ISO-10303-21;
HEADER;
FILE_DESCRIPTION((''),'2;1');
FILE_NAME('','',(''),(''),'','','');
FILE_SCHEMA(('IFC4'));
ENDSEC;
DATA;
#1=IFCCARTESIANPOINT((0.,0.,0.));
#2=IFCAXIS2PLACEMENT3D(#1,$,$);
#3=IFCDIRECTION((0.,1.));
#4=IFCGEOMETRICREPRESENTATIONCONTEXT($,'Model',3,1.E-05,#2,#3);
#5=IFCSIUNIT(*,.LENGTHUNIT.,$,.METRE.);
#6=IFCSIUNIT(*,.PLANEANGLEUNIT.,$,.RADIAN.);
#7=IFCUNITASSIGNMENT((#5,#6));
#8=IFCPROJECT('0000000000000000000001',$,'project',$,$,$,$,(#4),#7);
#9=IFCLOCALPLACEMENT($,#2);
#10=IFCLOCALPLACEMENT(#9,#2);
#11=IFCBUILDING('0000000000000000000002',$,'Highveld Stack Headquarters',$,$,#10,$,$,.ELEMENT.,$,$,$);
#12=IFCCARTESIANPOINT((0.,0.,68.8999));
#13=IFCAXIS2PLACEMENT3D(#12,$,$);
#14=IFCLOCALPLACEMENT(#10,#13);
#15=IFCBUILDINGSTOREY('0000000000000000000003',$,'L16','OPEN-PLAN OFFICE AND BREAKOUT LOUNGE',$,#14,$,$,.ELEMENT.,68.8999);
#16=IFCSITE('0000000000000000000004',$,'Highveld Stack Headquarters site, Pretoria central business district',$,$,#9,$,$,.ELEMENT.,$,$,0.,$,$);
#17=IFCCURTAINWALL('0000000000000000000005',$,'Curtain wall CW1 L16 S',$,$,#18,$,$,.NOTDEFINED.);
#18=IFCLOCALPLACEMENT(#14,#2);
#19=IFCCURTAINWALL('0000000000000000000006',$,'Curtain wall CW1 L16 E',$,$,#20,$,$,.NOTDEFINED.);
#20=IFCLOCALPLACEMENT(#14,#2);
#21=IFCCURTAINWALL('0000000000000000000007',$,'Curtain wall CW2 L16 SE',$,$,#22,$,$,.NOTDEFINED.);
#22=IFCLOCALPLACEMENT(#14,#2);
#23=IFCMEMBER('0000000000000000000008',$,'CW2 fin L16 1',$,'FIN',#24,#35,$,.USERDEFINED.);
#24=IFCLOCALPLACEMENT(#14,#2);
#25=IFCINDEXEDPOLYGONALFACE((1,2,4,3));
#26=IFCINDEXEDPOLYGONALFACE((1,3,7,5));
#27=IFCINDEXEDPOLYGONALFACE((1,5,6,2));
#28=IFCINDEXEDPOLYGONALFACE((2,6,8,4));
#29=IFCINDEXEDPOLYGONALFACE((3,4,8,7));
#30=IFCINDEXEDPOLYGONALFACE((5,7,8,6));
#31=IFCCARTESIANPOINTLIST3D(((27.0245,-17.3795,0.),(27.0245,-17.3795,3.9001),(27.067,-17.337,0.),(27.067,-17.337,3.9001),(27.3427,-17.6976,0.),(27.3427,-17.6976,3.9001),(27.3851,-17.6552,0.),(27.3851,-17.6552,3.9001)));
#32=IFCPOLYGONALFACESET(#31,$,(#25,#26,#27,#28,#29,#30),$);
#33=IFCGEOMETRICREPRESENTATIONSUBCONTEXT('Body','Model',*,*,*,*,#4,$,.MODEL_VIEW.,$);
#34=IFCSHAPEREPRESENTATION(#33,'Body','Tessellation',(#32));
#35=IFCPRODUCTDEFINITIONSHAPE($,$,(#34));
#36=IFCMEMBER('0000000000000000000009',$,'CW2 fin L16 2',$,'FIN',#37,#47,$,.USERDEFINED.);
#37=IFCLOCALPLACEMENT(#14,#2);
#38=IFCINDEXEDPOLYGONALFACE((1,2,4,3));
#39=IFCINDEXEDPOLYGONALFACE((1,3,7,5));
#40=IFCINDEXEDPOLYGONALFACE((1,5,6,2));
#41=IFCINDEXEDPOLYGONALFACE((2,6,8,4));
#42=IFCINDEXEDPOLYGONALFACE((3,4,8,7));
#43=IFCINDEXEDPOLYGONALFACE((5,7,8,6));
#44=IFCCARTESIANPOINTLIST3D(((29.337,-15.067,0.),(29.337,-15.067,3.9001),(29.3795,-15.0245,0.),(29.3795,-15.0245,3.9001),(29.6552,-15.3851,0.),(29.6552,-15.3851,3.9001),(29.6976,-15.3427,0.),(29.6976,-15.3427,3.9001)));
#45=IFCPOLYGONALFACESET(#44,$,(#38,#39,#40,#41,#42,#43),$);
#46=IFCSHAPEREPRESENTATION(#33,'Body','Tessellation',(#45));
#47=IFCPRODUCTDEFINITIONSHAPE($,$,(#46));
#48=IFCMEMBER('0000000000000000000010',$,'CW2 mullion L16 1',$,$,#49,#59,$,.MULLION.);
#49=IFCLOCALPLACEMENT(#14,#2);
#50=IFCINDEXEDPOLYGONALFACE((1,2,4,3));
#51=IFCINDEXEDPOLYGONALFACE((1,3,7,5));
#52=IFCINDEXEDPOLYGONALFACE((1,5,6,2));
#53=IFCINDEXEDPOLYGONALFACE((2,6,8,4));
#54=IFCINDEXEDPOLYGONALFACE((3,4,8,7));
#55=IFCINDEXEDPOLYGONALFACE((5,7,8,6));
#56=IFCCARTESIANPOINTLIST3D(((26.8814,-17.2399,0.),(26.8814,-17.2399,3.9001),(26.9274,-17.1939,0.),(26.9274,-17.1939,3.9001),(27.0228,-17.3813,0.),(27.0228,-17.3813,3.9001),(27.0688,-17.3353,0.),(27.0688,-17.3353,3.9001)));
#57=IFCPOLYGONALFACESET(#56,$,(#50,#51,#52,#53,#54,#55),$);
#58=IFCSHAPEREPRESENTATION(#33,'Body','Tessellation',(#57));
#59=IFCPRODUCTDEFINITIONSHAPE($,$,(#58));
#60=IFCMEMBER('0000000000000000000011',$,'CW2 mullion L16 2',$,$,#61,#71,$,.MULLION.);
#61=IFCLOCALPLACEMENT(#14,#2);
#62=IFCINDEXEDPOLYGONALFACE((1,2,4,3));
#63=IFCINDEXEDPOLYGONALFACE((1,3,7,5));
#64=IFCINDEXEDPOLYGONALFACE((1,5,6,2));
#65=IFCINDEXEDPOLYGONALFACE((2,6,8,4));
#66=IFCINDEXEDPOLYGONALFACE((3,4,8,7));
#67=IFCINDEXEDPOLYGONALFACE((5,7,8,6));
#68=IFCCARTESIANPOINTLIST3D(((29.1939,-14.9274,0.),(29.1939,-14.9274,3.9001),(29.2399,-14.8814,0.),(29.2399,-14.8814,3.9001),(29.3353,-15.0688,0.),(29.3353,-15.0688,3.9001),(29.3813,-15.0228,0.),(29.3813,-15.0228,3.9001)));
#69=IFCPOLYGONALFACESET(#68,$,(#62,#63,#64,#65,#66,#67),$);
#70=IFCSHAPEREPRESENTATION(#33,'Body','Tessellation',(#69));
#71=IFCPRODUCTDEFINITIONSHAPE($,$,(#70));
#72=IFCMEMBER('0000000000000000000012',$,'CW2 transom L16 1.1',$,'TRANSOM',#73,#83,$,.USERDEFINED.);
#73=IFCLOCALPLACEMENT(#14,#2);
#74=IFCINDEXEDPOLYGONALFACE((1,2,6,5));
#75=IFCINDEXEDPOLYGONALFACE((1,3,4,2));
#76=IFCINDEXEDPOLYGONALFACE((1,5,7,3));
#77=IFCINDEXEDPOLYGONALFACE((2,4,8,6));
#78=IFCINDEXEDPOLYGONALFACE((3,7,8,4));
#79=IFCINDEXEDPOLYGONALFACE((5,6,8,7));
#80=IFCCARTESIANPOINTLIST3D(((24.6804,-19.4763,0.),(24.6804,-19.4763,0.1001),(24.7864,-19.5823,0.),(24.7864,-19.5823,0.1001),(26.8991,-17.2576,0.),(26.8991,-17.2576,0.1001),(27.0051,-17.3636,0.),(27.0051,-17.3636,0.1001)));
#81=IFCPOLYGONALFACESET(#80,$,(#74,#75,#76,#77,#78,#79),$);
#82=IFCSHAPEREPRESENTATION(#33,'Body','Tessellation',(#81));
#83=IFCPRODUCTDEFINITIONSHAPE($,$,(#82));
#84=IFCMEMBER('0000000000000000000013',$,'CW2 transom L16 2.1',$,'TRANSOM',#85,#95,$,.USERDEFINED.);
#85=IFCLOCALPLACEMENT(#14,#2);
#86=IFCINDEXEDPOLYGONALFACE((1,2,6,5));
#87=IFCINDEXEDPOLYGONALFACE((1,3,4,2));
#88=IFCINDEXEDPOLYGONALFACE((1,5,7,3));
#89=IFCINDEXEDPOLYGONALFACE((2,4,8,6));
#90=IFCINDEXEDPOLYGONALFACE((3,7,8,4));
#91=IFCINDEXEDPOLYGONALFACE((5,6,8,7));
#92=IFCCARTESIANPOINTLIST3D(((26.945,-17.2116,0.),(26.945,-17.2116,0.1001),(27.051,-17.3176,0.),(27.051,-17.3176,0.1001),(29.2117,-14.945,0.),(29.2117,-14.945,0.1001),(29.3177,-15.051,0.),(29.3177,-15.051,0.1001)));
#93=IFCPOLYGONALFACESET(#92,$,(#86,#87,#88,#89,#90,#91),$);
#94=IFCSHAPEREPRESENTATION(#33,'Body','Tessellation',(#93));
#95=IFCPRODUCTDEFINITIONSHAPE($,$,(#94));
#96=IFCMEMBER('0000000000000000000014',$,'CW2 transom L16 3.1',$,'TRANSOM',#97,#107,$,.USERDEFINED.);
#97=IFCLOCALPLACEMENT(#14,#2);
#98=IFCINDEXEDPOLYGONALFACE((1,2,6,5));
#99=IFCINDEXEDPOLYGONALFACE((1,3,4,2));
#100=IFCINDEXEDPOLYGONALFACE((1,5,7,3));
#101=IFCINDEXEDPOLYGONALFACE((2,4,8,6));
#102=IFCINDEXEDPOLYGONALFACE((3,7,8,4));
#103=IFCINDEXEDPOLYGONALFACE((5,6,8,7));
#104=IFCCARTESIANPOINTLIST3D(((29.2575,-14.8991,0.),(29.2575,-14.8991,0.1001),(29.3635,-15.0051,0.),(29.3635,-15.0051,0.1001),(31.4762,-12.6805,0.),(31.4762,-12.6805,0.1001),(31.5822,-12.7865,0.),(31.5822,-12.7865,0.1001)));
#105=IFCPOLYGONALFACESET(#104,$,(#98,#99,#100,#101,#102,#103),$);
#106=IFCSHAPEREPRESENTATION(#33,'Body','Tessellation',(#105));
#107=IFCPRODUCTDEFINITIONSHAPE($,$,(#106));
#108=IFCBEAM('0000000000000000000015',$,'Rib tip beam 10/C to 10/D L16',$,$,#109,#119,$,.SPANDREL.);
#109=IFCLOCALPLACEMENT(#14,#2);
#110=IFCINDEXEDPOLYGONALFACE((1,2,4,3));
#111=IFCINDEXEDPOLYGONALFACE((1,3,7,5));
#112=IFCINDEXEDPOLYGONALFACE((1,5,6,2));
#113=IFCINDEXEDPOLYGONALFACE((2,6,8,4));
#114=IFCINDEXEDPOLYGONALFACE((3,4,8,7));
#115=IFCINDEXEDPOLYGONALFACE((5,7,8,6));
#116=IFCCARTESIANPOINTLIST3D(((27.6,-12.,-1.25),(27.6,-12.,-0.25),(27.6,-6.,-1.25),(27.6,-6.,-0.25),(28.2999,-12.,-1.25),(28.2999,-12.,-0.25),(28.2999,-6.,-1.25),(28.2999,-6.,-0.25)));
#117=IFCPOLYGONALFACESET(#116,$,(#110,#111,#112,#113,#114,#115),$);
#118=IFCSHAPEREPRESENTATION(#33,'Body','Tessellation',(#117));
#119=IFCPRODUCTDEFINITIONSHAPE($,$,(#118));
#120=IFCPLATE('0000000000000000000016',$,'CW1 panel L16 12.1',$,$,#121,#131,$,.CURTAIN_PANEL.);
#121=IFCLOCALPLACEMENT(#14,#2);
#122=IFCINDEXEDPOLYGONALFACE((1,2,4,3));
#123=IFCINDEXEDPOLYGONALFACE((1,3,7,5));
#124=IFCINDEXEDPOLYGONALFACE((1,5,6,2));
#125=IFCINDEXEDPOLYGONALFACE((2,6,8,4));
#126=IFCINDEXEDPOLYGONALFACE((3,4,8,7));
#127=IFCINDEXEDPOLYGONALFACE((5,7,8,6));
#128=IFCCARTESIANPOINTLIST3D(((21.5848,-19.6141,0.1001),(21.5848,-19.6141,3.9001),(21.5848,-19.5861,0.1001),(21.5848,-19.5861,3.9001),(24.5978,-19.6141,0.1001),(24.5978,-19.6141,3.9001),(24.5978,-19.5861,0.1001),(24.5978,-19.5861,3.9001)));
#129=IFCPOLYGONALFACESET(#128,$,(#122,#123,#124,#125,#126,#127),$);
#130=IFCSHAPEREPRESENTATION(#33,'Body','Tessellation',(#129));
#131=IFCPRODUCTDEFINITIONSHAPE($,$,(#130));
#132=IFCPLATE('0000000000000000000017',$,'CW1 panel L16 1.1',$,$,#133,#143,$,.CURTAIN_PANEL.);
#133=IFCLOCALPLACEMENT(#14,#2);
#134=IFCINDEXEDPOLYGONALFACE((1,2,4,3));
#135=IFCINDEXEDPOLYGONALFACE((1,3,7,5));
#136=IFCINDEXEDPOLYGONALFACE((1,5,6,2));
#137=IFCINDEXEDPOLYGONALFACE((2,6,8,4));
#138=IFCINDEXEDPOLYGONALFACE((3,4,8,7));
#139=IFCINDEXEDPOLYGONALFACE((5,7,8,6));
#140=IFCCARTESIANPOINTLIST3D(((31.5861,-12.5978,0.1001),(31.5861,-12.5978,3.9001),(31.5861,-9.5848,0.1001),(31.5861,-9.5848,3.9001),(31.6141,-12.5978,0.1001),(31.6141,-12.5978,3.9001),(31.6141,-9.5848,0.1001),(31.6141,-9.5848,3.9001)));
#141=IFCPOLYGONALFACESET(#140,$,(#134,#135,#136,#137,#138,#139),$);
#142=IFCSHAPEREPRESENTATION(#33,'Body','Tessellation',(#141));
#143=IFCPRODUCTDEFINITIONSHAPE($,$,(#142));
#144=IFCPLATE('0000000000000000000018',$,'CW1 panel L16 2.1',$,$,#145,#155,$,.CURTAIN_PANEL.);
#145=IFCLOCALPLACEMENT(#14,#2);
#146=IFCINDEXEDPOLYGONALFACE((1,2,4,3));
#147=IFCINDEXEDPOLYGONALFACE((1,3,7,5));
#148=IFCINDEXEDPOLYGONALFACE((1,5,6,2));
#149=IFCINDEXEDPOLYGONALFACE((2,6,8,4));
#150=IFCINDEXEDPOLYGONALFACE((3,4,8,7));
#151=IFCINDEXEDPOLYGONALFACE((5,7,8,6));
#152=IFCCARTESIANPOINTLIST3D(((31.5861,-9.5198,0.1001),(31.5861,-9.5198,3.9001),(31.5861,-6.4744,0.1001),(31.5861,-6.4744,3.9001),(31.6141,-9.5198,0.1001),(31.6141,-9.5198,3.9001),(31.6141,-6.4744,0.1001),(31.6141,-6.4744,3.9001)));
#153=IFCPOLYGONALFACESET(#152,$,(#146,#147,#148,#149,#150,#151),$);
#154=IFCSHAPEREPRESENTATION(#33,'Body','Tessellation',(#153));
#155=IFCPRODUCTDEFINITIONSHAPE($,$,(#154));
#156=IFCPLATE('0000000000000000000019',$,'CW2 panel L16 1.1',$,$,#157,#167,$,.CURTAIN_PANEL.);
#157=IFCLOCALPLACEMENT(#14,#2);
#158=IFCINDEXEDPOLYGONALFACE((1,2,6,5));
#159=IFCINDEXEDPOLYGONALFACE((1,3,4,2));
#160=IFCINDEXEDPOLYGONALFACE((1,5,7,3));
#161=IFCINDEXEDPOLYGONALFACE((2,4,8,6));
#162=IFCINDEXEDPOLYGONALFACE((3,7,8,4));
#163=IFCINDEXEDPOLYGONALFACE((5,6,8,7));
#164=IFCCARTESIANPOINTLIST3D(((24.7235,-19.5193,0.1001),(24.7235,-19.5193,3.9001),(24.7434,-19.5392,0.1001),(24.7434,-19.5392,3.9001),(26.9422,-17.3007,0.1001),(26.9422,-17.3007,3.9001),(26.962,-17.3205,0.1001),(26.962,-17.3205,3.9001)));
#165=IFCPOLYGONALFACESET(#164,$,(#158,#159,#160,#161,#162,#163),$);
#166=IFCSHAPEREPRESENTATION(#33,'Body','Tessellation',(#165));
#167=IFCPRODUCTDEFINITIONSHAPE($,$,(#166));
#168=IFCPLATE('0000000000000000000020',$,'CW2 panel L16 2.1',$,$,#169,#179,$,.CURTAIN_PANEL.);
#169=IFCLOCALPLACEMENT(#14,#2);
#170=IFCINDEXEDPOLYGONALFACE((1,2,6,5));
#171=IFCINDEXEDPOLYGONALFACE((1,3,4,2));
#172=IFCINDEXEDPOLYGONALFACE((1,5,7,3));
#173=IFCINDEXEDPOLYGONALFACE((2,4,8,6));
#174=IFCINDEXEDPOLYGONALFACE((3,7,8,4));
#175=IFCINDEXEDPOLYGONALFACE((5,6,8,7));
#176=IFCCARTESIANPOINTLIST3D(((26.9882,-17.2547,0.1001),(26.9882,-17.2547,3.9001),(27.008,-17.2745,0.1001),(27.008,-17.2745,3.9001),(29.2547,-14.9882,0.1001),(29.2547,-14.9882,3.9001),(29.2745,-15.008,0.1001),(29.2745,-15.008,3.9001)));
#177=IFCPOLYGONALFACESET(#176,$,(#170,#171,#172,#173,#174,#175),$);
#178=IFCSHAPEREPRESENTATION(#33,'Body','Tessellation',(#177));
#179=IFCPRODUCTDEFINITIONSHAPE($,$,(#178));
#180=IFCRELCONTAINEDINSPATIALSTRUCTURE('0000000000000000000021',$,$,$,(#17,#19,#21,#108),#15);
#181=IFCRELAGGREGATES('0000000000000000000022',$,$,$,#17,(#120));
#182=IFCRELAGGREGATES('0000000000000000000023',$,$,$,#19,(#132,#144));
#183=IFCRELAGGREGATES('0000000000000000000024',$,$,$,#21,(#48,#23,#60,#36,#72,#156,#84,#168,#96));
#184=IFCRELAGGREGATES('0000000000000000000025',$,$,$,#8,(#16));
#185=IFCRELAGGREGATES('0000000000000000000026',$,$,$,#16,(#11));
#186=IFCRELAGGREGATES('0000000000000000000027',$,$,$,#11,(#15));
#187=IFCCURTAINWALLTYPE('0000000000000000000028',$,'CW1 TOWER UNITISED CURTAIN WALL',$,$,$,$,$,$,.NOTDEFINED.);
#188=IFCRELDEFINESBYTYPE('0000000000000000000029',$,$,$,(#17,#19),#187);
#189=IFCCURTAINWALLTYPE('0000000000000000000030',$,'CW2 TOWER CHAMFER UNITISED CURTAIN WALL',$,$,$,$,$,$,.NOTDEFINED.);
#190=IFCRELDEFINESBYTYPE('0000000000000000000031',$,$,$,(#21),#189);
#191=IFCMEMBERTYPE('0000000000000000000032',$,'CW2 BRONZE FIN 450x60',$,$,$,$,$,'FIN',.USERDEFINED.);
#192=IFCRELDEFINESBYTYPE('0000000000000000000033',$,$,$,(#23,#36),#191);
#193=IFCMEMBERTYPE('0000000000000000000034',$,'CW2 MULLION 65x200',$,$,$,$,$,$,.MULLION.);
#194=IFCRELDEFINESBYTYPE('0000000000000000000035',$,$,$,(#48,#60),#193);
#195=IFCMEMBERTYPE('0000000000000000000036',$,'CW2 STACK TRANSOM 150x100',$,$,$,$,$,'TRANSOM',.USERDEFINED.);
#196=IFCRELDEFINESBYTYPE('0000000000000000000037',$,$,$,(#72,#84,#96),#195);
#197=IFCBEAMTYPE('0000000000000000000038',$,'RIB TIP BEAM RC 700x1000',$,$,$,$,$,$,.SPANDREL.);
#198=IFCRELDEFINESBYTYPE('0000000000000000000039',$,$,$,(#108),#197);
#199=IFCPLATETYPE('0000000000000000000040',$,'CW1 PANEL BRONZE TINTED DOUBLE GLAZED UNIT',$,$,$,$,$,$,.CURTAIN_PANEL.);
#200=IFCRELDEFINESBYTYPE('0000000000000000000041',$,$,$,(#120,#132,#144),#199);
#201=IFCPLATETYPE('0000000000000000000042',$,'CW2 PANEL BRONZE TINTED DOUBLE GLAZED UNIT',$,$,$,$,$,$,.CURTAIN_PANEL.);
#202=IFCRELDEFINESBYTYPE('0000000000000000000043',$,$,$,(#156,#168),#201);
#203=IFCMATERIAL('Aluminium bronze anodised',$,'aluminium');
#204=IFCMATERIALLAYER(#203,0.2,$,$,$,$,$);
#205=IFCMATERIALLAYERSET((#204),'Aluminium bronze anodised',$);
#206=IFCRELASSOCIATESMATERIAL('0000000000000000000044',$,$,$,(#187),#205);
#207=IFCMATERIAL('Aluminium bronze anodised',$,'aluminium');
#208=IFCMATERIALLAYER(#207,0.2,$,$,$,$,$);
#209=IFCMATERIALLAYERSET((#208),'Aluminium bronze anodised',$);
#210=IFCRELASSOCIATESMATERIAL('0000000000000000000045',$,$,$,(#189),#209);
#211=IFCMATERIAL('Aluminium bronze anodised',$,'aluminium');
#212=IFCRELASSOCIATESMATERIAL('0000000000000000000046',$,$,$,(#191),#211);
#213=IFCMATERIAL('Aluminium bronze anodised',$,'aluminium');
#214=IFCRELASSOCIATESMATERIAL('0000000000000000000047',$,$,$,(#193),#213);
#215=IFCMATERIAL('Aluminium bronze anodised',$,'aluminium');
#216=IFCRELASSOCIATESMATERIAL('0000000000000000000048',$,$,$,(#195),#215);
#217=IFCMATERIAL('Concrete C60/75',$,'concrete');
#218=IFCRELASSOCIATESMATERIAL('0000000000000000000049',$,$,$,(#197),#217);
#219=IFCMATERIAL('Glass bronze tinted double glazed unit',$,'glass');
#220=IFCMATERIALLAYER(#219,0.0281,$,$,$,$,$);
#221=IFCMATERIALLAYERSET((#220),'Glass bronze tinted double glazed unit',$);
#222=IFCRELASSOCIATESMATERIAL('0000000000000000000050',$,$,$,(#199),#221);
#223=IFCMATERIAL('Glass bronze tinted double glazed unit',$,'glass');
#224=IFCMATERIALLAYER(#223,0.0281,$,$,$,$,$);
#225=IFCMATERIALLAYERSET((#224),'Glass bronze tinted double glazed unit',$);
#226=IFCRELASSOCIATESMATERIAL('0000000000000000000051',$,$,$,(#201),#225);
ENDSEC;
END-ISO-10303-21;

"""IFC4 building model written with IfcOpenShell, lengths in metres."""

from ifc_helpers import new_model, si_unit, direction, frame, origin, origin_2d, place, context, subcontext, project, spatial, rectangle, extrude, material, layer, layer_set, material_profile, profile_set, type_object, element, aggregate, save


model = new_model("IFC4")

# Units and contexts
model_context = context("Model", 3, precision=1e-05, world=origin(), true_north=direction((0.0, 1.0)))
body_context = subcontext(model_context, "Body", "Model", "MODEL_VIEW")
ifc_project = project(units=[si_unit("LENGTHUNIT", "METRE"), si_unit("PLANEANGLEUNIT", "RADIAN")], contexts=[model_context])

# Site, building, storey
site_placement = place(None, origin())
site = spatial("IfcSite", under=ifc_project, at=site_placement, Name="Highveld Stack Headquarters site, Pretoria central business district", CompositionType="ELEMENT", RefElevation=0.0)
building_placement = place(site_placement, origin())
building = spatial("IfcBuilding", under=site, at=building_placement, Name="Highveld Stack Headquarters", CompositionType="ELEMENT")
storey_placement = place(building_placement, frame((0.0, 0.0, 68.8999)))
storey = spatial("IfcBuildingStorey", under=building, at=storey_placement, Name="L16", Description="OPEN-PLAN OFFICE AND BREAKOUT LOUNGE", CompositionType="ELEMENT", Elevation=68.8999)

# Curtain wall
ifc_material_1 = material(Name="Aluminium bronze anodised", Category="aluminium")
ifc_layer_1 = layer(ifc_material_1, 0.2)
ifc_layer_set_1 = layer_set([ifc_layer_1], Name="Aluminium bronze anodised")
curtain_wall_type_1 = type_object("IfcCurtainWallType", Name="CW1 TOWER UNITISED CURTAIN WALL", PredefinedType="NOTDEFINED", material=ifc_layer_set_1)
curtain_wall_1_placement = place(storey_placement, origin())
curtain_wall_1 = element("IfcCurtainWall", 1, at=curtain_wall_1_placement, inside=storey, type_object=curtain_wall_type_1, Name="Curtain wall CW1 L16 S", PredefinedType="NOTDEFINED")

# Curtain wall
curtain_wall_2_placement = place(storey_placement, origin())
curtain_wall_2 = element("IfcCurtainWall", 2, at=curtain_wall_2_placement, inside=storey, type_object=curtain_wall_type_1, Name="Curtain wall CW1 L16 E", PredefinedType="NOTDEFINED")

# Curtain wall, members
ifc_material_2 = material(Name="Aluminium bronze anodised", Category="aluminium")
ifc_layer_2 = layer(ifc_material_2, 0.2)
ifc_layer_set_2 = layer_set([ifc_layer_2], Name="Aluminium bronze anodised")
curtain_wall_type_2 = type_object("IfcCurtainWallType", Name="CW2 TOWER CHAMFER UNITISED CURTAIN WALL", PredefinedType="NOTDEFINED", material=ifc_layer_set_2)
curtain_wall_3_placement = place(storey_placement, origin())
curtain_wall_3 = element("IfcCurtainWall", 3, at=curtain_wall_3_placement, inside=storey, type_object=curtain_wall_type_2, Name="Curtain wall CW2 L16 SE", PredefinedType="NOTDEFINED")
ifc_material_3 = material(Name="Aluminium bronze anodised", Category="aluminium")
ifc_material_profile_1 = material_profile(ifc_material_3, rectangle(XDim=0.45, YDim=0.0601, at=origin_2d()), Name="FIN 450x60")
ifc_profile_set_1 = profile_set([ifc_material_profile_1], Name="Aluminium bronze anodised")
member_type_1 = type_object("IfcMemberType", Name="CW2 BRONZE FIN 450x60", ElementType="FIN", PredefinedType="USERDEFINED", material=ifc_profile_set_1)
member_1_placement = place(storey_placement, frame((27.2048, -17.5173, 0.0), z_axis=(0.0, 0.0, 1.0), x_axis=(-0.707107, 0.707107, 0.0)))
member_1 = element("IfcMember", 4, at=member_1_placement, type_object=member_type_1, Name="CW2 fin L16 1", ObjectType="FIN", PredefinedType="USERDEFINED", context=body_context, shape_type="SweptSolid", body=[
    extrude(rectangle(XDim=0.45, YDim=0.0601, at=origin_2d()), origin(), (0.0, 0.0, 1.0), 3.9001),
])
member_2_placement = place(storey_placement, frame((29.5173, -15.2048, 0.0), z_axis=(0.0, 0.0, 1.0), x_axis=(-0.707107, 0.707107, 0.0)))
member_2 = element("IfcMember", 5, at=member_2_placement, type_object=member_type_1, Name="CW2 fin L16 2", ObjectType="FIN", PredefinedType="USERDEFINED", context=body_context, shape_type="SweptSolid", body=[
    extrude(rectangle(XDim=0.45, YDim=0.0601, at=origin_2d()), origin(), (0.0, 0.0, 1.0), 3.9001),
])
ifc_material_4 = material(Name="Aluminium bronze anodised", Category="aluminium")
ifc_material_profile_2 = material_profile(ifc_material_4, rectangle(XDim=0.2, YDim=0.0649, at=origin_2d()), Name="CW2 MULLION 65x200")
ifc_profile_set_2 = profile_set([ifc_material_profile_2], Name="Aluminium bronze anodised")
member_type_2 = type_object("IfcMemberType", Name="CW2 MULLION 65x200", PredefinedType="MULLION", material=ifc_profile_set_2)
member_3_placement = place(storey_placement, frame((26.9751, -17.2876, 0.0), z_axis=(0.0, 0.0, 1.0), x_axis=(-0.707107, 0.707107, 0.0)))
member_3 = element("IfcMember", 6, at=member_3_placement, type_object=member_type_2, Name="CW2 mullion L16 1", PredefinedType="MULLION", context=body_context, shape_type="SweptSolid", body=[
    extrude(rectangle(XDim=0.2, YDim=0.0649, at=origin_2d()), origin(), (0.0, 0.0, 1.0), 3.9001),
])
member_4_placement = place(storey_placement, frame((29.2876, -14.9751, 0.0), z_axis=(0.0, 0.0, 1.0), x_axis=(-0.707107, 0.707107, 0.0)))
member_4 = element("IfcMember", 7, at=member_4_placement, type_object=member_type_2, Name="CW2 mullion L16 2", PredefinedType="MULLION", context=body_context, shape_type="SweptSolid", body=[
    extrude(rectangle(XDim=0.2, YDim=0.0649, at=origin_2d()), origin(), (0.0, 0.0, 1.0), 3.9001),
])
ifc_material_5 = material(Name="Aluminium bronze anodised", Category="aluminium")
ifc_material_profile_3 = material_profile(ifc_material_5, rectangle(XDim=0.1499, YDim=0.1001, at=origin_2d()), Name="CW2 TRANSOM 150x100")
ifc_profile_set_3 = profile_set([ifc_material_profile_3], Name="Aluminium bronze anodised")
member_type_3 = type_object("IfcMemberType", Name="CW2 STACK TRANSOM 150x100", ElementType="TRANSOM", PredefinedType="USERDEFINED", material=ifc_profile_set_3)
member_5_placement = place(storey_placement, frame((24.7334, -19.5293, 0.05), z_axis=(0.707107, 0.707107, 0.0), x_axis=(-0.707107, 0.707107, 0.0)))
member_5 = element("IfcMember", 8, at=member_5_placement, type_object=member_type_3, Name="CW2 transom L16 1.1", ObjectType="TRANSOM", PredefinedType="USERDEFINED", context=body_context, shape_type="SweptSolid", body=[
    extrude(rectangle(XDim=0.1499, YDim=0.1001, at=origin_2d()), origin(), (0.0, 0.0, 1.0), 3.1377),
])
member_6_placement = place(storey_placement, frame((26.998, -17.2646, 0.05), z_axis=(0.707107, 0.707107, 0.0), x_axis=(-0.707107, 0.707107, 0.0)))
member_6 = element("IfcMember", 9, at=member_6_placement, type_object=member_type_3, Name="CW2 transom L16 2.1", ObjectType="TRANSOM", PredefinedType="USERDEFINED", context=body_context, shape_type="SweptSolid", body=[
    extrude(rectangle(XDim=0.1499, YDim=0.1001, at=origin_2d()), origin(), (0.0, 0.0, 1.0), 3.2056),
])
member_7_placement = place(storey_placement, frame((29.3105, -14.9521, 0.05), z_axis=(0.707107, 0.707107, 0.0), x_axis=(-0.707107, 0.707107, 0.0)))
member_7 = element("IfcMember", 10, at=member_7_placement, type_object=member_type_3, Name="CW2 transom L16 3.1", ObjectType="TRANSOM", PredefinedType="USERDEFINED", context=body_context, shape_type="SweptSolid", body=[
    extrude(rectangle(XDim=0.1499, YDim=0.1001, at=origin_2d()), origin(), (0.0, 0.0, 1.0), 3.1377),
])

# Beam
ifc_material_6 = material(Name="Concrete C60/75", Category="concrete")
ifc_material_profile_4 = material_profile(ifc_material_6, rectangle(XDim=0.7, YDim=1.0, at=origin_2d()), Name="RC 700x1000")
ifc_profile_set_4 = profile_set([ifc_material_profile_4], Name="Concrete C60/75")
beam_type_1 = type_object("IfcBeamType", Name="RIB TIP BEAM RC 700x1000", PredefinedType="SPANDREL", material=ifc_profile_set_4)
beam_1_placement = place(storey_placement, frame((27.95, -12.0, -0.75), z_axis=(0.0, 1.0, 0.0), x_axis=(-1.0, 0.0, 0.0)))
element("IfcBeam", 11, at=beam_1_placement, inside=storey, type_object=beam_type_1, Name="Rib tip beam 10/C to 10/D L16", PredefinedType="SPANDREL", context=body_context, shape_type="SweptSolid", body=[
    extrude(rectangle(XDim=0.7, YDim=1.0, at=origin_2d()), origin(), (0.0, 0.0, 1.0), 6.0),
])

# Plates
ifc_material_7 = material(Name="Glass bronze tinted double glazed unit", Category="glass")
ifc_layer_3 = layer(ifc_material_7, 0.0281)
ifc_layer_set_3 = layer_set([ifc_layer_3], Name="Glass bronze tinted double glazed unit")
plate_type_1 = type_object("IfcPlateType", Name="CW1 PANEL BRONZE TINTED DOUBLE GLAZED UNIT", PredefinedType="CURTAIN_PANEL", material=ifc_layer_set_3)
plate_1_placement = place(storey_placement, frame((23.0913, -19.6001, 0.1001), z_axis=(0.0, 0.0, 1.0), x_axis=(1.0, 0.0, 0.0)))
plate_1 = element("IfcPlate", 12, at=plate_1_placement, type_object=plate_type_1, Name="CW1 panel L16 12.1", PredefinedType="CURTAIN_PANEL", context=body_context, shape_type="SweptSolid", body=[
    extrude(rectangle(XDim=3.0129, YDim=0.0281, at=origin_2d()), origin(), (0.0, 0.0, 1.0), 3.8),
])
aggregate(curtain_wall_1, [plate_1])
plate_2_placement = place(storey_placement, frame((31.6001, -11.0913, 0.1001), z_axis=(0.0, 0.0, 1.0), x_axis=(0.0, 1.0, 0.0)))
plate_2 = element("IfcPlate", 13, at=plate_2_placement, type_object=plate_type_1, Name="CW1 panel L16 1.1", PredefinedType="CURTAIN_PANEL", context=body_context, shape_type="SweptSolid", body=[
    extrude(rectangle(XDim=3.0129, YDim=0.0281, at=origin_2d()), origin(), (0.0, 0.0, 1.0), 3.8),
])
plate_3_placement = place(storey_placement, frame((31.6001, -7.9971, 0.1001), z_axis=(0.0, 0.0, 1.0), x_axis=(0.0, 1.0, 0.0)))
plate_3 = element("IfcPlate", 14, at=plate_3_placement, type_object=plate_type_1, Name="CW1 panel L16 2.1", PredefinedType="CURTAIN_PANEL", context=body_context, shape_type="SweptSolid", body=[
    extrude(rectangle(XDim=3.0454, YDim=0.0281, at=origin_2d()), origin(), (0.0, 0.0, 1.0), 3.8),
])
aggregate(curtain_wall_2, [plate_2, plate_3])
ifc_material_8 = material(Name="Glass bronze tinted double glazed unit", Category="glass")
ifc_layer_4 = layer(ifc_material_8, 0.0281)
ifc_layer_set_4 = layer_set([ifc_layer_4], Name="Glass bronze tinted double glazed unit")
plate_type_2 = type_object("IfcPlateType", Name="CW2 PANEL BRONZE TINTED DOUBLE GLAZED UNIT", PredefinedType="CURTAIN_PANEL", material=ifc_layer_set_4)
plate_4_placement = place(storey_placement, frame((25.8428, -18.4199, 0.1001), z_axis=(0.0, 0.0, 1.0), x_axis=(0.707107, 0.707107, 0.0)))
plate_4 = element("IfcPlate", 15, at=plate_4_placement, type_object=plate_type_2, Name="CW2 panel L16 1.1", PredefinedType="CURTAIN_PANEL", context=body_context, shape_type="SweptSolid", body=[
    extrude(rectangle(XDim=3.1377, YDim=0.0281, at=origin_2d()), origin(), (0.0, 0.0, 1.0), 3.8),
])
plate_5_placement = place(storey_placement, frame((28.1313, -16.1313, 0.1001), z_axis=(0.0, 0.0, 1.0), x_axis=(0.707107, 0.707107, 0.0)))
plate_5 = element("IfcPlate", 16, at=plate_5_placement, type_object=plate_type_2, Name="CW2 panel L16 2.1", PredefinedType="CURTAIN_PANEL", context=body_context, shape_type="SweptSolid", body=[
    extrude(rectangle(XDim=3.2053, YDim=0.0281, at=origin_2d()), origin(), (0.0, 0.0, 1.0), 3.8),
])
aggregate(curtain_wall_3, [member_3, member_1, member_4, member_2, member_5, plate_4, member_6, plate_5, member_7])

save(model, "model.ifc")
